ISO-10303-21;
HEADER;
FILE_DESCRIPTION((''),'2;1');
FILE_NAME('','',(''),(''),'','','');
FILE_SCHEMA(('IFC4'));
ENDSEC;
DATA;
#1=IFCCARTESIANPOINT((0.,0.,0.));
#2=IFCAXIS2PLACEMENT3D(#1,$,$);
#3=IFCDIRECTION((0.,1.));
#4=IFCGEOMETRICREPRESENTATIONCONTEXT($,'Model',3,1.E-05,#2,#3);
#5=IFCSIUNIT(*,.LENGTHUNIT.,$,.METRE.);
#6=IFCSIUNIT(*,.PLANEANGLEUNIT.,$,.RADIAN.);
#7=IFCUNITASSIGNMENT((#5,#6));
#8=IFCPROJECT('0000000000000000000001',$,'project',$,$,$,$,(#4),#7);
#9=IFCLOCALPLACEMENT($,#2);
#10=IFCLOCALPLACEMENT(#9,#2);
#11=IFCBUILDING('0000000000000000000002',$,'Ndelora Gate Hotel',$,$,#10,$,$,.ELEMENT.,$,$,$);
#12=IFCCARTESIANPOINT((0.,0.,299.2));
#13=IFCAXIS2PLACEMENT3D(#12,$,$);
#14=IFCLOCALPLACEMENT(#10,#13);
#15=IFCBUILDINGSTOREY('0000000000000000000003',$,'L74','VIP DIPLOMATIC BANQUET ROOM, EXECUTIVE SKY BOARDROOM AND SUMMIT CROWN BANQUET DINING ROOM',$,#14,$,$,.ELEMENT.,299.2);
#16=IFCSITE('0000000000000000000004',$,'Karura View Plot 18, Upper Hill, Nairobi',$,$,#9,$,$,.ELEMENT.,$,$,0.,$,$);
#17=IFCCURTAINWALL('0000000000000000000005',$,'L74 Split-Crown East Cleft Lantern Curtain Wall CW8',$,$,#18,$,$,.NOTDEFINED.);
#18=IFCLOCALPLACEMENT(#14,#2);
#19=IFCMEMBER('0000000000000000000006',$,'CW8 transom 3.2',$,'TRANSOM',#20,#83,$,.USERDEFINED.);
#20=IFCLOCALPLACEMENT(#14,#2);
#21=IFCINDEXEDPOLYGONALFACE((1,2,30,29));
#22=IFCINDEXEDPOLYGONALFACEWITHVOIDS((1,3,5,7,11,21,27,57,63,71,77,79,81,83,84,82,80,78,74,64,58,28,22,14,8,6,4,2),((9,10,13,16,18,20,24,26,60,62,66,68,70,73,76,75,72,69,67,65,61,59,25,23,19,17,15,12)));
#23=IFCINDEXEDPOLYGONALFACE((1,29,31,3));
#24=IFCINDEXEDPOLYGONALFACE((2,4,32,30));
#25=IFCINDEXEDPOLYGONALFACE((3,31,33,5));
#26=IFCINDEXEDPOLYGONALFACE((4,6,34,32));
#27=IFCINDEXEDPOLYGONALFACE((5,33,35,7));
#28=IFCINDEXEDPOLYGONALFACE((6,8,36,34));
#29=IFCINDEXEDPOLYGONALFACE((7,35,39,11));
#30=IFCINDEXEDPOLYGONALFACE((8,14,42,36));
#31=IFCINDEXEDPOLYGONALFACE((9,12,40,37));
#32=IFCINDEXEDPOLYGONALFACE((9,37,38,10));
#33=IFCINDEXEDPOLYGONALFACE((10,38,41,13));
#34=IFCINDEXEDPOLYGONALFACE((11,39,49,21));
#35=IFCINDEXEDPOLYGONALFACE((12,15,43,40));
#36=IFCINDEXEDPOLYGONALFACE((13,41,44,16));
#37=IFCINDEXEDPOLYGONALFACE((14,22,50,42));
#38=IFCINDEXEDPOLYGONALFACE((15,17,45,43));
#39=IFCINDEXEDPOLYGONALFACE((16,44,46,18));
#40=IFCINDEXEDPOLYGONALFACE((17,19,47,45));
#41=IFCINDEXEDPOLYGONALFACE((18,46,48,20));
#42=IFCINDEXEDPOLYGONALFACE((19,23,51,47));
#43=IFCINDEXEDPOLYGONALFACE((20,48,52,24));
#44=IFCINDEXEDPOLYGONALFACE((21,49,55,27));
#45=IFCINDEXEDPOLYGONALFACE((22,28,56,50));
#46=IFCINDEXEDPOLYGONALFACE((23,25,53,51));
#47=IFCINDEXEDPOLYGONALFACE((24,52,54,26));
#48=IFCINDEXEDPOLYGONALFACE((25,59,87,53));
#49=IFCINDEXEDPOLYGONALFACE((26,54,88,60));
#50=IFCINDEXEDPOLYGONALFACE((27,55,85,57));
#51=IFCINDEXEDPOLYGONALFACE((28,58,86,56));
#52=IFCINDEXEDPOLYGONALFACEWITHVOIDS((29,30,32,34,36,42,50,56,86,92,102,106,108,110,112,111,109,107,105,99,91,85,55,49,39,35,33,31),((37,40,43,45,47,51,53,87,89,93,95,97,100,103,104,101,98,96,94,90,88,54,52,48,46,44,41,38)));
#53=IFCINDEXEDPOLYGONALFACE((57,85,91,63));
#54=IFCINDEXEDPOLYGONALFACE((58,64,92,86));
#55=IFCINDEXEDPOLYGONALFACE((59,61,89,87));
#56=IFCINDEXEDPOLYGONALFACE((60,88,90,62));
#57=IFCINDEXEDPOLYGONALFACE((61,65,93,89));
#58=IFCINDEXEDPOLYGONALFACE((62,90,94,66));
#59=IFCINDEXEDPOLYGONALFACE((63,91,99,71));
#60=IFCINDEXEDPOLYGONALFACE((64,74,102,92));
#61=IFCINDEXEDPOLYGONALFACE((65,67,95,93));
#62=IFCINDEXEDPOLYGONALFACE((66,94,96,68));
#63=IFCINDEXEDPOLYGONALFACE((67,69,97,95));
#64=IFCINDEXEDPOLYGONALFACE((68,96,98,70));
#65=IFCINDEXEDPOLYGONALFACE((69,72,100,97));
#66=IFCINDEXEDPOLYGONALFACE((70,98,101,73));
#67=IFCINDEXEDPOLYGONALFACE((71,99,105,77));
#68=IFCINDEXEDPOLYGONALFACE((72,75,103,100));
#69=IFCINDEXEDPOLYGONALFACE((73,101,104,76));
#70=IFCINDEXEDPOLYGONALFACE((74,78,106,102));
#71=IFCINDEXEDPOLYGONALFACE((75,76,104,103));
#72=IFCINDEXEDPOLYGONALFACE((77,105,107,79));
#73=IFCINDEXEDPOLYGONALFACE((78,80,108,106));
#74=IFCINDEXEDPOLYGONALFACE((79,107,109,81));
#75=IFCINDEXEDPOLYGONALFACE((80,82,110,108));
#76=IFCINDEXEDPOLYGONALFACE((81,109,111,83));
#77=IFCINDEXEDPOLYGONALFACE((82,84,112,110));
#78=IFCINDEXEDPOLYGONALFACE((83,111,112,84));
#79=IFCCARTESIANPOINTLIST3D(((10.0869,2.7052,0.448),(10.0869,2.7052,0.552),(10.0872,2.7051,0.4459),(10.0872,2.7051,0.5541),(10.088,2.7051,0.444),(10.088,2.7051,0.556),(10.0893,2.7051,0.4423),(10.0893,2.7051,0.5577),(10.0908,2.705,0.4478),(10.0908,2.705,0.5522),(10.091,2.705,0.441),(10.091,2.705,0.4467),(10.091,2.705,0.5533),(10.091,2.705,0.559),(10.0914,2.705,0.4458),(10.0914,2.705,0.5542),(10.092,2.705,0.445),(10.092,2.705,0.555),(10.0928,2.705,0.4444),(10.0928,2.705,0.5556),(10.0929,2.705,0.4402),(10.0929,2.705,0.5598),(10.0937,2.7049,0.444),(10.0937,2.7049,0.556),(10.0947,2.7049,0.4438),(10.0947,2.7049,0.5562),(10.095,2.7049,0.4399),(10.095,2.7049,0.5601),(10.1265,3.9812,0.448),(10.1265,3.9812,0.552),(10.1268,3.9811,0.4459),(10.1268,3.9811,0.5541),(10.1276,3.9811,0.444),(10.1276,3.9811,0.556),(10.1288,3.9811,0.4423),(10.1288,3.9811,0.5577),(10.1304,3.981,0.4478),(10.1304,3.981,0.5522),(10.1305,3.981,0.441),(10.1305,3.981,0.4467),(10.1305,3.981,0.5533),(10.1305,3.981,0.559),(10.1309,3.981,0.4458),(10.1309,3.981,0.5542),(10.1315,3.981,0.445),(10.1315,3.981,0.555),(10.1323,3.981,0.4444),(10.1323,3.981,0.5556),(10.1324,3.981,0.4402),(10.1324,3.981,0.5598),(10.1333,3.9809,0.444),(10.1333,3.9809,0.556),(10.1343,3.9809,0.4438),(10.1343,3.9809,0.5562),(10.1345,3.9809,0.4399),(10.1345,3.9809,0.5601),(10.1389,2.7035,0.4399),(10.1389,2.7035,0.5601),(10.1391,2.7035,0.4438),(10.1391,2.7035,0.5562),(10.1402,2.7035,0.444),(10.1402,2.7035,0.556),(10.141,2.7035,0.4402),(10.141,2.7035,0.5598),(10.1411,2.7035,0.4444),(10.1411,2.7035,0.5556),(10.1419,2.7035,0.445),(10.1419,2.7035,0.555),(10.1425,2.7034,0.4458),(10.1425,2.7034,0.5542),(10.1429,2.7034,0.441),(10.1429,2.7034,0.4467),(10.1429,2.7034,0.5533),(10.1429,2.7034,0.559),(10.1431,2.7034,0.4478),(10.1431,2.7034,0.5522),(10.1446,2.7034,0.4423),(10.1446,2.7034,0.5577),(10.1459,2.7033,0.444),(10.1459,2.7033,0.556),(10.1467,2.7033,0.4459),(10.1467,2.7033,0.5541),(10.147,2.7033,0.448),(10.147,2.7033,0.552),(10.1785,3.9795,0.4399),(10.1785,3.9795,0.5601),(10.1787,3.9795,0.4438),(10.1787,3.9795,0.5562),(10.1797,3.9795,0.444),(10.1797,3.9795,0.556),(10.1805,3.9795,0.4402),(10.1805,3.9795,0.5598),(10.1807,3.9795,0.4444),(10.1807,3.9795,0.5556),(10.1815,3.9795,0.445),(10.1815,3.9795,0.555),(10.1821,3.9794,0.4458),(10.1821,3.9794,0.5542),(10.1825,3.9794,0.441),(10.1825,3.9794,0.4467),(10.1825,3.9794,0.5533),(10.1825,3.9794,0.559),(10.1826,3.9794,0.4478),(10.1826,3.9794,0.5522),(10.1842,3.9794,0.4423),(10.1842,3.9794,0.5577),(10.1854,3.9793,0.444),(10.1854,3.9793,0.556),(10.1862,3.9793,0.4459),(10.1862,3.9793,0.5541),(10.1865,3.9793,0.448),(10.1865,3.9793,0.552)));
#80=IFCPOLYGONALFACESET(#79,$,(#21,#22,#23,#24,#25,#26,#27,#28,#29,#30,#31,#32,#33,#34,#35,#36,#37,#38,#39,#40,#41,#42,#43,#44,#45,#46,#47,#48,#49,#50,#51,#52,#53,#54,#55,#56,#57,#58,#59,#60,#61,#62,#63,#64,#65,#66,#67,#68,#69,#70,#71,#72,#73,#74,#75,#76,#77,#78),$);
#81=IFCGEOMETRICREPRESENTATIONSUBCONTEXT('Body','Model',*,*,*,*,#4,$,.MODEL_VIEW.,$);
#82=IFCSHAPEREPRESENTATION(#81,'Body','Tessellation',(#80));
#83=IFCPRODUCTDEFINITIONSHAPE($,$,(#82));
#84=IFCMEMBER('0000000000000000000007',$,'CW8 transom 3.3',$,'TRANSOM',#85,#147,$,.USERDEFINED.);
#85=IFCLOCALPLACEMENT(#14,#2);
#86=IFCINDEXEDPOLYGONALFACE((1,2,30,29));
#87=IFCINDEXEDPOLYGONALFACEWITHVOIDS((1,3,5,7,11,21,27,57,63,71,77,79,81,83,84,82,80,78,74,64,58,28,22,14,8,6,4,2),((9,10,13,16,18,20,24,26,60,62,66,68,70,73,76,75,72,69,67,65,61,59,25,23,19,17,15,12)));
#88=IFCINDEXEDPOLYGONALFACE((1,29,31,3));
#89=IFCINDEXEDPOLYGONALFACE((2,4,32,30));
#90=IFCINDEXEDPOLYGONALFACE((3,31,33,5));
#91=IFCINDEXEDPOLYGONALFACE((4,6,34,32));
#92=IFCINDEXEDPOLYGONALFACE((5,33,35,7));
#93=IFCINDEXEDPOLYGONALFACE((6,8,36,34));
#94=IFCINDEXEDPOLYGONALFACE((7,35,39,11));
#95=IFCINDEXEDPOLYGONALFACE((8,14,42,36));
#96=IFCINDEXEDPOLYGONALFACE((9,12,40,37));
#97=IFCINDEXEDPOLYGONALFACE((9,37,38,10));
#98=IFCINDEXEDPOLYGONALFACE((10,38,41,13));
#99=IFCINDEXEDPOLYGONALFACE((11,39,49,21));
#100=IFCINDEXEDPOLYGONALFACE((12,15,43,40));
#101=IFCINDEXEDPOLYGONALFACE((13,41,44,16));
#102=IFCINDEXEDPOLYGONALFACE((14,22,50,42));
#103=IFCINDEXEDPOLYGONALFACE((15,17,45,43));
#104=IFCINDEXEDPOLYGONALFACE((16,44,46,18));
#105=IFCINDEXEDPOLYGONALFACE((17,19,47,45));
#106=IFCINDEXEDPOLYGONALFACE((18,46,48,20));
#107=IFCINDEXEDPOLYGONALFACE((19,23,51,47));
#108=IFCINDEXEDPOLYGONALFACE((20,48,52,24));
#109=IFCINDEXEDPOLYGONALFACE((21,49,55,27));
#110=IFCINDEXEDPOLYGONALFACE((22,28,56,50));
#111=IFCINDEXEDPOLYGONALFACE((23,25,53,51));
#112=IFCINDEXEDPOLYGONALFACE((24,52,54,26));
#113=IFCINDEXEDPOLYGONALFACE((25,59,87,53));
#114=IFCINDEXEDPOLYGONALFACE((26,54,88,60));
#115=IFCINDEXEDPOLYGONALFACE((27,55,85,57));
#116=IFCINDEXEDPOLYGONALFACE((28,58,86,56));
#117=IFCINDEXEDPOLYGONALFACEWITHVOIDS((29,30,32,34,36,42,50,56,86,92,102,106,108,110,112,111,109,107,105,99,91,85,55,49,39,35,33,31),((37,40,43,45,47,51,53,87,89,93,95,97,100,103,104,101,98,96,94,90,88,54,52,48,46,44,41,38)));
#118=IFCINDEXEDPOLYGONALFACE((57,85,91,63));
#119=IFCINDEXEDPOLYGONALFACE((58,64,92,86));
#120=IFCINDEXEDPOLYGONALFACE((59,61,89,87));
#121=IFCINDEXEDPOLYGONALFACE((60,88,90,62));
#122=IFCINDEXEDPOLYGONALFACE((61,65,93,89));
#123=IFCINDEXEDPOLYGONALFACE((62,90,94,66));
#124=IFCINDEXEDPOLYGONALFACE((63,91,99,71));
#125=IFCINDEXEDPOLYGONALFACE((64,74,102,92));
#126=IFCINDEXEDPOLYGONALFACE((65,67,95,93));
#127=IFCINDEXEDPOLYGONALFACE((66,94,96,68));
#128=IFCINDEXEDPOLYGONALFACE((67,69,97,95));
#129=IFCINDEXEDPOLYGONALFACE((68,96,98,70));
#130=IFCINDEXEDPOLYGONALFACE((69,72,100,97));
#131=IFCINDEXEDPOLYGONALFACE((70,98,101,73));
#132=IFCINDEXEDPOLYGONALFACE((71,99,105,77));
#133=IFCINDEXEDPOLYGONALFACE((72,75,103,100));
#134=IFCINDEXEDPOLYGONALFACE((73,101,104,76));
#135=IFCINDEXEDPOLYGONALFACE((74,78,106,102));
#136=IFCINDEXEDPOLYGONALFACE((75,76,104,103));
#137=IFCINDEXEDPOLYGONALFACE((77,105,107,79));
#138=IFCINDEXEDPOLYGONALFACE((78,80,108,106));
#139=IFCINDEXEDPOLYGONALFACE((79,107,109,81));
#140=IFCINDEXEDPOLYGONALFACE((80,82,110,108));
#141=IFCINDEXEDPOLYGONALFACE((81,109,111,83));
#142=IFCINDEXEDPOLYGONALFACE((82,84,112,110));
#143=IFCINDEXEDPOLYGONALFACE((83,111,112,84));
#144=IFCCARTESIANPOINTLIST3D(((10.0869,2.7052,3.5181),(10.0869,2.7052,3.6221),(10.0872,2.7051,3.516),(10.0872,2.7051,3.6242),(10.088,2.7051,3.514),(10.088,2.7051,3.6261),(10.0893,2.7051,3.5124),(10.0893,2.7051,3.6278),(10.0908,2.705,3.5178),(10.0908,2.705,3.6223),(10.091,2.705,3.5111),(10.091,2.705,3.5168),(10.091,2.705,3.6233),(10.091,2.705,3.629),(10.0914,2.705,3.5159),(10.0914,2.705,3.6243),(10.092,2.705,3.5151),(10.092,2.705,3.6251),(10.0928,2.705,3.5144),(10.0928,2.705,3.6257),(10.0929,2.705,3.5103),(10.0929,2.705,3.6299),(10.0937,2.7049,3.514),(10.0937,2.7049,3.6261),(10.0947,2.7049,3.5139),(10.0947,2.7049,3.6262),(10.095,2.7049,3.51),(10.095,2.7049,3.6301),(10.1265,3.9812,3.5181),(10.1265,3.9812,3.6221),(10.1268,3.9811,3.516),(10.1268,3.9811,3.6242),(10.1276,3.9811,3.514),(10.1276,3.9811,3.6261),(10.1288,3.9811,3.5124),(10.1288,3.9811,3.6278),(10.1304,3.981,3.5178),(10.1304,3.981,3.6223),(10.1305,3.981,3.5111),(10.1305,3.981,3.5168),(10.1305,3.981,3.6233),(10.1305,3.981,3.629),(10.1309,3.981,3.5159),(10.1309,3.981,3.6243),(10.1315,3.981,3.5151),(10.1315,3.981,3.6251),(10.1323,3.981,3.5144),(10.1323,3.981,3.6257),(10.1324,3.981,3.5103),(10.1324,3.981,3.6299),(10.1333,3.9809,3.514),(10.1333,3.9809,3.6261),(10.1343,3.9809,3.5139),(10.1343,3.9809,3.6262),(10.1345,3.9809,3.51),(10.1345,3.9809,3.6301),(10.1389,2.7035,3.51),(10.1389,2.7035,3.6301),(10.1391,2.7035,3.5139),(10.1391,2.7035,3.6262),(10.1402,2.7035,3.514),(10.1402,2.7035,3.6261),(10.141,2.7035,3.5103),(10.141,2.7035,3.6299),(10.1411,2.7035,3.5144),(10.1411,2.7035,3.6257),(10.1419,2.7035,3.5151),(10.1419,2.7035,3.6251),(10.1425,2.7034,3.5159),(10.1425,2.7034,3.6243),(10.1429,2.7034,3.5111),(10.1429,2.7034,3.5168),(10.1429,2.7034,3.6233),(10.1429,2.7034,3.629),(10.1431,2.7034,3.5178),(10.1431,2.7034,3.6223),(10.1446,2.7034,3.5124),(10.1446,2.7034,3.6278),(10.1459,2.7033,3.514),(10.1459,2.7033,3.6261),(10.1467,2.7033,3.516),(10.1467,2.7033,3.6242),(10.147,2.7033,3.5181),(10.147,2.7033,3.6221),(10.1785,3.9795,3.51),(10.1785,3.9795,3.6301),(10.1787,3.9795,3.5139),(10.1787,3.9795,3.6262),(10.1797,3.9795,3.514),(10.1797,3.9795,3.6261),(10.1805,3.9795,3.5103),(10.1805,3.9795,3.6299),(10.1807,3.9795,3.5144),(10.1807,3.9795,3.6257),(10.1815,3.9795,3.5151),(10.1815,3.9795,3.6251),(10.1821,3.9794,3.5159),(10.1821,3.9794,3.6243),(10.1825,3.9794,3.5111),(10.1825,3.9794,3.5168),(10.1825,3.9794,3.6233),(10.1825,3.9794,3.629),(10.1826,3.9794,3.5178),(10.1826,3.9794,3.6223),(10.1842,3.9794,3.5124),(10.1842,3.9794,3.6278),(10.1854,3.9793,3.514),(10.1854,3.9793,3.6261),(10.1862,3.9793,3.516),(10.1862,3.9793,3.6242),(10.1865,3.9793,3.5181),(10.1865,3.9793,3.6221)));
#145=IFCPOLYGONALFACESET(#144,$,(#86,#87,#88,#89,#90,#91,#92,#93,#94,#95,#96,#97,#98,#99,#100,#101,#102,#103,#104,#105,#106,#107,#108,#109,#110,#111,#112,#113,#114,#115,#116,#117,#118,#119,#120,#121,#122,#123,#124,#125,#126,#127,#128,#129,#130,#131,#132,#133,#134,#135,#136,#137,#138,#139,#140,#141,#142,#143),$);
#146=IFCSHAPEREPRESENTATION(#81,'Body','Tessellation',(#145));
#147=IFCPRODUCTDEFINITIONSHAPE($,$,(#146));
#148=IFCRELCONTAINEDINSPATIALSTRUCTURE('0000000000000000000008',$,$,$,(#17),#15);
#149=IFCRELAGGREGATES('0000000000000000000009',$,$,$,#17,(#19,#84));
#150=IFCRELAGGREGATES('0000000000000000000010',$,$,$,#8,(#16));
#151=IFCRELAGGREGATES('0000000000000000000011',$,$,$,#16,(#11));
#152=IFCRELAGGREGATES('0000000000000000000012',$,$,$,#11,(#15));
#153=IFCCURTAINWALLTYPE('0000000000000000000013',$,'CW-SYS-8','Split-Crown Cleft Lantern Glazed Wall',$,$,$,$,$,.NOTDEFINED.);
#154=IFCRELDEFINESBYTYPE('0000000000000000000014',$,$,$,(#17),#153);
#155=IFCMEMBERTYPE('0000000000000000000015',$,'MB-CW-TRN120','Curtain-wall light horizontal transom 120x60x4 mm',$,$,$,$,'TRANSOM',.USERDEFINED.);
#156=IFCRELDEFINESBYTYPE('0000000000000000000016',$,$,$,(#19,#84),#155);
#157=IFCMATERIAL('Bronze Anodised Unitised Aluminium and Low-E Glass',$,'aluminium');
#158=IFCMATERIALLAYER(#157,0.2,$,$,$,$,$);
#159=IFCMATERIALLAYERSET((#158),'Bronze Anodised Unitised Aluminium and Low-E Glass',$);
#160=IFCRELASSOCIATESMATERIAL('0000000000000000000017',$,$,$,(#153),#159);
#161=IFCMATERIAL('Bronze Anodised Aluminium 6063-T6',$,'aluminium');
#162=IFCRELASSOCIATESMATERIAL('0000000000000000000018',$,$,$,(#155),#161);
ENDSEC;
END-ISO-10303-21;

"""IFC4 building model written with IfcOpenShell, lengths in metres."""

from ifc_helpers import new_model, si_unit, direction, frame, origin, origin_2d, place, context, subcontext, project, spatial, hollow_rectangle, extrude, material, layer, layer_set, material_profile, profile_set, type_object, element, aggregate, save


model = new_model("IFC4")

# Units and contexts
model_context = context("Model", 3, precision=1e-05, world=origin(), true_north=direction((0.0, 1.0)))
body_context = subcontext(model_context, "Body", "Model", "MODEL_VIEW")
ifc_project = project(units=[si_unit("LENGTHUNIT", "METRE"), si_unit("PLANEANGLEUNIT", "RADIAN")], contexts=[model_context])

# Site, building, storey
site_placement = place(None, origin())
site = spatial("IfcSite", under=ifc_project, at=site_placement, Name="Karura View Plot 18, Upper Hill, Nairobi", CompositionType="ELEMENT", RefElevation=0.0)
building_placement = place(site_placement, origin())
building = spatial("IfcBuilding", under=site, at=building_placement, Name="Ndelora Gate Hotel", CompositionType="ELEMENT")
storey_placement = place(building_placement, frame((0.0, 0.0, 299.2)))
storey = spatial("IfcBuildingStorey", under=building, at=storey_placement, Name="L74", Description="VIP DIPLOMATIC BANQUET ROOM, EXECUTIVE SKY BOARDROOM AND SUMMIT CROWN BANQUET DINING ROOM", CompositionType="ELEMENT", Elevation=299.2)

# Curtain wall
ifc_material_1 = material(Name="Bronze Anodised Unitised Aluminium and Low-E Glass", Category="aluminium")
ifc_layer_1 = layer(ifc_material_1, 0.2)
ifc_layer_set_1 = layer_set([ifc_layer_1], Name="Bronze Anodised Unitised Aluminium and Low-E Glass")
curtain_wall_type = type_object("IfcCurtainWallType", Name="CW-SYS-8", Description="Split-Crown Cleft Lantern Glazed Wall", PredefinedType="NOTDEFINED", material=ifc_layer_set_1)
ifc_material_2 = material(Name="Bronze Anodised Aluminium 6063-T6", Category="aluminium")
curtain_wall_1_placement = place(storey_placement, origin())
curtain_wall_1 = element("IfcCurtainWall", 1, at=curtain_wall_1_placement, inside=storey, type_object=curtain_wall_type, Name="L74 Split-Crown East Cleft Lantern Curtain Wall CW8", PredefinedType="NOTDEFINED")

# Members
ifc_material_profile_1 = material_profile(ifc_material_2, hollow_rectangle(XDim=0.0601, YDim=0.1201, WallThickness=0.0039, InnerFilletRadius=0.0039, OuterFilletRadius=0.0081, at=origin_2d()), Name="ALU 120x60x4")
ifc_profile_set_1 = profile_set([ifc_material_profile_1], Name="Bronze Anodised Aluminium 6063-T6")
member_type_1 = type_object("IfcMemberType", Name="MB-CW-TRN120", Description="Curtain-wall light horizontal transom 120x60x4 mm", ElementType="TRANSOM", PredefinedType="USERDEFINED", material=ifc_profile_set_1)
member_1_placement = place(storey_placement, frame((10.1565, 3.9802, 0.5), z_axis=(-0.030984, -0.99952, 0.0), x_axis=(0.99952, -0.030984, 0.0)))
member_1 = element("IfcMember", 2, at=member_1_placement, type_object=member_type_1, Name="CW8 transom 3.2", ObjectType="TRANSOM", PredefinedType="USERDEFINED", context=body_context, shape_type="SweptSolid", body=[
    extrude(hollow_rectangle(XDim=0.0601, YDim=0.1201, WallThickness=0.0039, InnerFilletRadius=0.0039, OuterFilletRadius=0.0081, at=origin_2d()), origin(), (0.0, 0.0, 1.0), 1.2766),
])
member_2_placement = place(storey_placement, frame((10.1565, 3.9802, 3.5701), z_axis=(-0.030984, -0.99952, 0.0), x_axis=(0.99952, -0.030984, 0.0)))
member_2 = element("IfcMember", 3, at=member_2_placement, type_object=member_type_1, Name="CW8 transom 3.3", ObjectType="TRANSOM", PredefinedType="USERDEFINED", context=body_context, shape_type="SweptSolid", body=[
    extrude(hollow_rectangle(XDim=0.0601, YDim=0.1201, WallThickness=0.0039, InnerFilletRadius=0.0039, OuterFilletRadius=0.0081, at=origin_2d()), origin(), (0.0, 0.0, 1.0), 1.2766),
])

aggregate(curtain_wall_1, [member_1, member_2])

save(model, "model.ifc")
